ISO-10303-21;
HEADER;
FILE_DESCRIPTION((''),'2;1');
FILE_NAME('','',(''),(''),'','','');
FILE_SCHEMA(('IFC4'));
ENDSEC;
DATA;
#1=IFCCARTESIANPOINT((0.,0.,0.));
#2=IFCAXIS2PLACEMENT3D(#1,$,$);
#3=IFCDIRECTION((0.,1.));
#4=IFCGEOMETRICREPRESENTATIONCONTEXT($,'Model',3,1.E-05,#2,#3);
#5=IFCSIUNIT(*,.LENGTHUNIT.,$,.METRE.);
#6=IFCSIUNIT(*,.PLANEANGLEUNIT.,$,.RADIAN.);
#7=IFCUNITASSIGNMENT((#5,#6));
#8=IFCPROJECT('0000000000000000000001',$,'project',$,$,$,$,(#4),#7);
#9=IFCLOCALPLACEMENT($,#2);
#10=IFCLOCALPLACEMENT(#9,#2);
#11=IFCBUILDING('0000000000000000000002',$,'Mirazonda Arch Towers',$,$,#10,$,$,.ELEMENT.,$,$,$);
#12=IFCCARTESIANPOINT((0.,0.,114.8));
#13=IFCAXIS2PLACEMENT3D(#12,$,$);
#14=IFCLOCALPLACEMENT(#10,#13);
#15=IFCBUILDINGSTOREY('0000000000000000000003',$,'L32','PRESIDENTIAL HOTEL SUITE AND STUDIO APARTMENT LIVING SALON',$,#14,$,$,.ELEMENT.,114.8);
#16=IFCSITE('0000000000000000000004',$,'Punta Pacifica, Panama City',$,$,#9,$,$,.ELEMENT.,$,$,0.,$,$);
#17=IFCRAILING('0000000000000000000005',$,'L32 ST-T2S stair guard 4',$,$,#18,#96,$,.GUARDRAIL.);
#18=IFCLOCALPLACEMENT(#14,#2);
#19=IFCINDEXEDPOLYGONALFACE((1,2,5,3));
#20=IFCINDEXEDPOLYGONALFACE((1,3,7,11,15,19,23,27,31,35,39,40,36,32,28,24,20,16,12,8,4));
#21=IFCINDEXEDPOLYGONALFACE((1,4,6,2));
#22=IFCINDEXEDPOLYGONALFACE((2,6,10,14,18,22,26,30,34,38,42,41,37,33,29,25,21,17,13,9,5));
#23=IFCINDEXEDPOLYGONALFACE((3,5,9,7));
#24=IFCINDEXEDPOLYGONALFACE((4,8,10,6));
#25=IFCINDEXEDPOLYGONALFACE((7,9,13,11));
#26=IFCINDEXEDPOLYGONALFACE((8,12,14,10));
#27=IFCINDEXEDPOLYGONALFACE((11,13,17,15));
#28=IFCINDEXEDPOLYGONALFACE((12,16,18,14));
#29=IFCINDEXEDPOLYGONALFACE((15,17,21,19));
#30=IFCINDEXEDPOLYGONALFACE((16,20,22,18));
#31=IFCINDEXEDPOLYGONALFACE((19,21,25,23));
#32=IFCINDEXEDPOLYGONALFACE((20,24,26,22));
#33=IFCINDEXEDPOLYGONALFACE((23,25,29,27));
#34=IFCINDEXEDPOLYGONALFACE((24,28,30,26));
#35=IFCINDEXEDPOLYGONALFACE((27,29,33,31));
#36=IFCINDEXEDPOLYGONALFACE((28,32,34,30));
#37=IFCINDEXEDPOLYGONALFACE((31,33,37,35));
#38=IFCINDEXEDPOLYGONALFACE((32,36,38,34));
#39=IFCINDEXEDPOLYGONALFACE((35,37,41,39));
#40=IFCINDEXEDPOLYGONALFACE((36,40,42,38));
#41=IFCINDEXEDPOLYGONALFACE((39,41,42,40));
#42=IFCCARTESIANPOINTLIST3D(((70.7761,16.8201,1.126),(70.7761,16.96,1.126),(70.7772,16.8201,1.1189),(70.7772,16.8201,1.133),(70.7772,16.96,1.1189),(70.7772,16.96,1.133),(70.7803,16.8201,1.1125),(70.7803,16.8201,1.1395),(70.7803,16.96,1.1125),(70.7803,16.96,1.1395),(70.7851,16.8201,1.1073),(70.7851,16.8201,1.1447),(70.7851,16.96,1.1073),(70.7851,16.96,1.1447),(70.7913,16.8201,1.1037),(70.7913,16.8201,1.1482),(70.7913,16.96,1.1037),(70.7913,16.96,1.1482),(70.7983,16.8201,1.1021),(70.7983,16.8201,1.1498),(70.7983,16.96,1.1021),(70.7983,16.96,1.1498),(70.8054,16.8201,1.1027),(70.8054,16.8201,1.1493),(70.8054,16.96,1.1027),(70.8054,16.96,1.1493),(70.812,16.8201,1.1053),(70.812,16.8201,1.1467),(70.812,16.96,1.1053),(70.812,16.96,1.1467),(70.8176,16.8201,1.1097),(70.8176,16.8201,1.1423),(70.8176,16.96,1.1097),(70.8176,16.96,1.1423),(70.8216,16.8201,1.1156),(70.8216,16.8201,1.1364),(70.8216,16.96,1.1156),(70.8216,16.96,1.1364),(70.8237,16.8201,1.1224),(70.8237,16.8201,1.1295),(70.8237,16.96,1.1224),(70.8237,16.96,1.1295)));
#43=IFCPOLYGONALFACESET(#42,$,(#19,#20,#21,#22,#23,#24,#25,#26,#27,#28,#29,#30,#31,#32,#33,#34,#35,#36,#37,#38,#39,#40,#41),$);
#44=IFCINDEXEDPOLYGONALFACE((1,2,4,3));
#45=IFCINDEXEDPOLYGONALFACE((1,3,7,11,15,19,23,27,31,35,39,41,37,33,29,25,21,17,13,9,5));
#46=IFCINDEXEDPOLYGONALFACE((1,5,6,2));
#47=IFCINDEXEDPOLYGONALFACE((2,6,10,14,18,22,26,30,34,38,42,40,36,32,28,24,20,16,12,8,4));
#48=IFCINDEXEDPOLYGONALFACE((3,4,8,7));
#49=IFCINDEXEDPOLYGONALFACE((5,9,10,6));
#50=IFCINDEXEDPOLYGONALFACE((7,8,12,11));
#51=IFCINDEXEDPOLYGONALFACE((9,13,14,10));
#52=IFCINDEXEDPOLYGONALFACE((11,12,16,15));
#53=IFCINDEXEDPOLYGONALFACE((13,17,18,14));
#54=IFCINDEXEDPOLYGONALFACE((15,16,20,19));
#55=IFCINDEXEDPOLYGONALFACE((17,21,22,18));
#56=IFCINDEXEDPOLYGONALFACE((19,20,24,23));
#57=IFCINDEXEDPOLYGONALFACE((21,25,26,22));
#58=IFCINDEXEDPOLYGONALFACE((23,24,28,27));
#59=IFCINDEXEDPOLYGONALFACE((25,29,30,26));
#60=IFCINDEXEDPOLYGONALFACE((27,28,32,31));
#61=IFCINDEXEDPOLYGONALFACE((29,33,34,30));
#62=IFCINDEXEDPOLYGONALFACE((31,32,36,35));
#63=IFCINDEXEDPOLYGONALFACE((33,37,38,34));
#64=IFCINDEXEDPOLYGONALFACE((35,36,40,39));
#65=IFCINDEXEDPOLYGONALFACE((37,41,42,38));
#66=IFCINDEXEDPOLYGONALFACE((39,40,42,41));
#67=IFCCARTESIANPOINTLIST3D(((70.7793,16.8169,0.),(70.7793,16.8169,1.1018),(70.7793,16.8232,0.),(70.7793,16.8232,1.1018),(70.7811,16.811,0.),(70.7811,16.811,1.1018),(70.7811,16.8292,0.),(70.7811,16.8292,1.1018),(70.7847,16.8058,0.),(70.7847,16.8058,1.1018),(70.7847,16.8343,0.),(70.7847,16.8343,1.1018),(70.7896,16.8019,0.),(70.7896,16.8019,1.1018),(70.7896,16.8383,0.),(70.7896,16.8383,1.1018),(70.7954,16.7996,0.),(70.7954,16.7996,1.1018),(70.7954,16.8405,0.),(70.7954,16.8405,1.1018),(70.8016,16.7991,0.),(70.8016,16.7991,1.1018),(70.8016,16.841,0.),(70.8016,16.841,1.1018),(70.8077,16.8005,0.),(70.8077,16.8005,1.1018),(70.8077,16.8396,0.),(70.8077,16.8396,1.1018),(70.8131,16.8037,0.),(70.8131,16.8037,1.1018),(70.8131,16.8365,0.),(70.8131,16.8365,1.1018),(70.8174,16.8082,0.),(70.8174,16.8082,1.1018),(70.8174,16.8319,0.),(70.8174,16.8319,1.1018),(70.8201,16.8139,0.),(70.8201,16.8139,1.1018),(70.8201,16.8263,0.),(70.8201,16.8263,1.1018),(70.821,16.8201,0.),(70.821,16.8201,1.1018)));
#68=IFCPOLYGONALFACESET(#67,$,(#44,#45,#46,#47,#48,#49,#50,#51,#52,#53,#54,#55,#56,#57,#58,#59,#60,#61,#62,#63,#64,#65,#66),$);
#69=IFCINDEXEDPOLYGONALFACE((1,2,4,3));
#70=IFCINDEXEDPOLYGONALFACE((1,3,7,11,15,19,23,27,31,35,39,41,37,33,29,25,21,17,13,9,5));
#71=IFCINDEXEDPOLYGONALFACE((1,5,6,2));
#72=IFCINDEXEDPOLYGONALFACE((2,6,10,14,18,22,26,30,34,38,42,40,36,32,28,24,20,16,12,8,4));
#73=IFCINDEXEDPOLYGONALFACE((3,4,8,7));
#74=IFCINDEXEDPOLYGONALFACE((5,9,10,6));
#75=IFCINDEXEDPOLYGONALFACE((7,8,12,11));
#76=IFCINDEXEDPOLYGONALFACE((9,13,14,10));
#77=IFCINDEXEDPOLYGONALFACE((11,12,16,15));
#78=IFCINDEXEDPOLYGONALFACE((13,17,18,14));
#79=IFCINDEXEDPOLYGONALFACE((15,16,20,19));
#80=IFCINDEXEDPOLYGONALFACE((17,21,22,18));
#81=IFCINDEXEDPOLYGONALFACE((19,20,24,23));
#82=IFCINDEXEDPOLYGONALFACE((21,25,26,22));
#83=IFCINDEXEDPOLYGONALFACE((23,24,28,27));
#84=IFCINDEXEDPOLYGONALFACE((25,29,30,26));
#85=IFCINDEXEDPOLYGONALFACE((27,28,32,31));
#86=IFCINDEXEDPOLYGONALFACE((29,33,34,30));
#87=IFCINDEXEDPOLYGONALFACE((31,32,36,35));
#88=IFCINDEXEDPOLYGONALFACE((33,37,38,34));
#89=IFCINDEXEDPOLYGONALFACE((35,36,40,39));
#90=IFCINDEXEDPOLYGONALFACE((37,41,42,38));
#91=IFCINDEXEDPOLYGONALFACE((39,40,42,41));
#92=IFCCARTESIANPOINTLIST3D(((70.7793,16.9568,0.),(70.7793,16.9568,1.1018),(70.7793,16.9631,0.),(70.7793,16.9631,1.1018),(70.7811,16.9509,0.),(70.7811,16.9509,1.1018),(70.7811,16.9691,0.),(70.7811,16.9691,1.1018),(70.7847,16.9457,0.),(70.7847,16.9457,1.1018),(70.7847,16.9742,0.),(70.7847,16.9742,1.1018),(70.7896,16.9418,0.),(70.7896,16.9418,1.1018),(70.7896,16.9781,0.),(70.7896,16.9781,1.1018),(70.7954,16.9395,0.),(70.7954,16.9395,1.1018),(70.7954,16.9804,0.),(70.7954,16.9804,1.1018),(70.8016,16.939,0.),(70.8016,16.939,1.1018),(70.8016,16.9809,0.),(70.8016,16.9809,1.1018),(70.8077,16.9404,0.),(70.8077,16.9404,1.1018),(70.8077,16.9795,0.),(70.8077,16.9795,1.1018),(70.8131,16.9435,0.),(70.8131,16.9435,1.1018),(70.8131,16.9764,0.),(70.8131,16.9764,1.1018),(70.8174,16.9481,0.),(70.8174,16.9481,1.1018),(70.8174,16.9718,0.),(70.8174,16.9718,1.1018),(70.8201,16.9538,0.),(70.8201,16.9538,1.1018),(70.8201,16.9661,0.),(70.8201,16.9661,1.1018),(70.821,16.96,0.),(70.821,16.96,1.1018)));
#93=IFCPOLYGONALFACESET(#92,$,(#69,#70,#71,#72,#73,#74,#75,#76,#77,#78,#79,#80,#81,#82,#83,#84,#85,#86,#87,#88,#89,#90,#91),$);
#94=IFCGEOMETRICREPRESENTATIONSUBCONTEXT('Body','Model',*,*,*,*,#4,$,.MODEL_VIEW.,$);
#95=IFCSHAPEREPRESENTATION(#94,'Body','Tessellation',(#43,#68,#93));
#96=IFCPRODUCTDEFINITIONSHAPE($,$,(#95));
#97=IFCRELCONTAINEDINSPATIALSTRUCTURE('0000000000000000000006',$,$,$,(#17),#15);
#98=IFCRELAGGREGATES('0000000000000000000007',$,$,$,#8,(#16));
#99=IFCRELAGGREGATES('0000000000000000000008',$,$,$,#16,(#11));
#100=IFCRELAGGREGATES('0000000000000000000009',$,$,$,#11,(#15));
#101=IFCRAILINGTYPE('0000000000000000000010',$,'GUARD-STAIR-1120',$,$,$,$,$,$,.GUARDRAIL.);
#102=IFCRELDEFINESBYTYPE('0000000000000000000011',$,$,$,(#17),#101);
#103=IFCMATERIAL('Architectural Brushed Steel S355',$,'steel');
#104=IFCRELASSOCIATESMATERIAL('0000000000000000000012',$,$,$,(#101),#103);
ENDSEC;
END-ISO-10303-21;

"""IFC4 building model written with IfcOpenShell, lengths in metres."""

from ifc_helpers import new_model, si_unit, direction, frame, origin, origin_2d, place, context, subcontext, project, spatial, circle, extrude, material, type_object, element, save


model = new_model("IFC4")

# Units and contexts
model_context = context("Model", 3, precision=1e-05, world=origin(), true_north=direction((0.0, 1.0)))
body_context = subcontext(model_context, "Body", "Model", "MODEL_VIEW")
ifc_project = project(units=[si_unit("LENGTHUNIT", "METRE"), si_unit("PLANEANGLEUNIT", "RADIAN")], contexts=[model_context])

# Site, building, storey
site_placement = place(None, origin())
site = spatial("IfcSite", under=ifc_project, at=site_placement, Name="Punta Pacifica, Panama City", CompositionType="ELEMENT", RefElevation=0.0)
building_placement = place(site_placement, origin())
building = spatial("IfcBuilding", under=site, at=building_placement, Name="Mirazonda Arch Towers", CompositionType="ELEMENT")
storey_placement = place(building_placement, frame((0.0, 0.0, 114.8)))
storey = spatial("IfcBuildingStorey", under=building, at=storey_placement, Name="L32", Description="PRESIDENTIAL HOTEL SUITE AND STUDIO APARTMENT LIVING SALON", CompositionType="ELEMENT", Elevation=114.8)

# Shared definitions
ifc_material_1 = material(Name="Architectural Brushed Steel S355", Category="steel")

# Railing
railing_type = type_object("IfcRailingType", Name="GUARD-STAIR-1120", PredefinedType="GUARDRAIL", material=ifc_material_1)
railing_1_placement = place(storey_placement, frame((70.8, 16.8201, 0.0)))
element("IfcRailing", 1, at=railing_1_placement, inside=storey, type_object=railing_type, Name="L32 ST-T2S stair guard 4", PredefinedType="GUARDRAIL", context=body_context, shape_type="SweptSolid", body=[
    extrude(circle(Radius=0.0239, at=origin_2d()), frame((0.0, 0.0, 1.126), z_axis=(0.0, 1.0, 0.0), x_axis=(-1.0, 0.0, 0.0)), (0.0, 0.0, 1.0), 0.1399),
    extrude(circle(Radius=0.021, at=origin_2d()), origin(), (0.0, 0.0, 1.0), 1.1018),
    extrude(circle(Radius=0.021, at=origin_2d()), frame((0.0, 0.1399, 0.0)), (0.0, 0.0, 1.0), 1.1018),
])

save(model, "model.ifc")
